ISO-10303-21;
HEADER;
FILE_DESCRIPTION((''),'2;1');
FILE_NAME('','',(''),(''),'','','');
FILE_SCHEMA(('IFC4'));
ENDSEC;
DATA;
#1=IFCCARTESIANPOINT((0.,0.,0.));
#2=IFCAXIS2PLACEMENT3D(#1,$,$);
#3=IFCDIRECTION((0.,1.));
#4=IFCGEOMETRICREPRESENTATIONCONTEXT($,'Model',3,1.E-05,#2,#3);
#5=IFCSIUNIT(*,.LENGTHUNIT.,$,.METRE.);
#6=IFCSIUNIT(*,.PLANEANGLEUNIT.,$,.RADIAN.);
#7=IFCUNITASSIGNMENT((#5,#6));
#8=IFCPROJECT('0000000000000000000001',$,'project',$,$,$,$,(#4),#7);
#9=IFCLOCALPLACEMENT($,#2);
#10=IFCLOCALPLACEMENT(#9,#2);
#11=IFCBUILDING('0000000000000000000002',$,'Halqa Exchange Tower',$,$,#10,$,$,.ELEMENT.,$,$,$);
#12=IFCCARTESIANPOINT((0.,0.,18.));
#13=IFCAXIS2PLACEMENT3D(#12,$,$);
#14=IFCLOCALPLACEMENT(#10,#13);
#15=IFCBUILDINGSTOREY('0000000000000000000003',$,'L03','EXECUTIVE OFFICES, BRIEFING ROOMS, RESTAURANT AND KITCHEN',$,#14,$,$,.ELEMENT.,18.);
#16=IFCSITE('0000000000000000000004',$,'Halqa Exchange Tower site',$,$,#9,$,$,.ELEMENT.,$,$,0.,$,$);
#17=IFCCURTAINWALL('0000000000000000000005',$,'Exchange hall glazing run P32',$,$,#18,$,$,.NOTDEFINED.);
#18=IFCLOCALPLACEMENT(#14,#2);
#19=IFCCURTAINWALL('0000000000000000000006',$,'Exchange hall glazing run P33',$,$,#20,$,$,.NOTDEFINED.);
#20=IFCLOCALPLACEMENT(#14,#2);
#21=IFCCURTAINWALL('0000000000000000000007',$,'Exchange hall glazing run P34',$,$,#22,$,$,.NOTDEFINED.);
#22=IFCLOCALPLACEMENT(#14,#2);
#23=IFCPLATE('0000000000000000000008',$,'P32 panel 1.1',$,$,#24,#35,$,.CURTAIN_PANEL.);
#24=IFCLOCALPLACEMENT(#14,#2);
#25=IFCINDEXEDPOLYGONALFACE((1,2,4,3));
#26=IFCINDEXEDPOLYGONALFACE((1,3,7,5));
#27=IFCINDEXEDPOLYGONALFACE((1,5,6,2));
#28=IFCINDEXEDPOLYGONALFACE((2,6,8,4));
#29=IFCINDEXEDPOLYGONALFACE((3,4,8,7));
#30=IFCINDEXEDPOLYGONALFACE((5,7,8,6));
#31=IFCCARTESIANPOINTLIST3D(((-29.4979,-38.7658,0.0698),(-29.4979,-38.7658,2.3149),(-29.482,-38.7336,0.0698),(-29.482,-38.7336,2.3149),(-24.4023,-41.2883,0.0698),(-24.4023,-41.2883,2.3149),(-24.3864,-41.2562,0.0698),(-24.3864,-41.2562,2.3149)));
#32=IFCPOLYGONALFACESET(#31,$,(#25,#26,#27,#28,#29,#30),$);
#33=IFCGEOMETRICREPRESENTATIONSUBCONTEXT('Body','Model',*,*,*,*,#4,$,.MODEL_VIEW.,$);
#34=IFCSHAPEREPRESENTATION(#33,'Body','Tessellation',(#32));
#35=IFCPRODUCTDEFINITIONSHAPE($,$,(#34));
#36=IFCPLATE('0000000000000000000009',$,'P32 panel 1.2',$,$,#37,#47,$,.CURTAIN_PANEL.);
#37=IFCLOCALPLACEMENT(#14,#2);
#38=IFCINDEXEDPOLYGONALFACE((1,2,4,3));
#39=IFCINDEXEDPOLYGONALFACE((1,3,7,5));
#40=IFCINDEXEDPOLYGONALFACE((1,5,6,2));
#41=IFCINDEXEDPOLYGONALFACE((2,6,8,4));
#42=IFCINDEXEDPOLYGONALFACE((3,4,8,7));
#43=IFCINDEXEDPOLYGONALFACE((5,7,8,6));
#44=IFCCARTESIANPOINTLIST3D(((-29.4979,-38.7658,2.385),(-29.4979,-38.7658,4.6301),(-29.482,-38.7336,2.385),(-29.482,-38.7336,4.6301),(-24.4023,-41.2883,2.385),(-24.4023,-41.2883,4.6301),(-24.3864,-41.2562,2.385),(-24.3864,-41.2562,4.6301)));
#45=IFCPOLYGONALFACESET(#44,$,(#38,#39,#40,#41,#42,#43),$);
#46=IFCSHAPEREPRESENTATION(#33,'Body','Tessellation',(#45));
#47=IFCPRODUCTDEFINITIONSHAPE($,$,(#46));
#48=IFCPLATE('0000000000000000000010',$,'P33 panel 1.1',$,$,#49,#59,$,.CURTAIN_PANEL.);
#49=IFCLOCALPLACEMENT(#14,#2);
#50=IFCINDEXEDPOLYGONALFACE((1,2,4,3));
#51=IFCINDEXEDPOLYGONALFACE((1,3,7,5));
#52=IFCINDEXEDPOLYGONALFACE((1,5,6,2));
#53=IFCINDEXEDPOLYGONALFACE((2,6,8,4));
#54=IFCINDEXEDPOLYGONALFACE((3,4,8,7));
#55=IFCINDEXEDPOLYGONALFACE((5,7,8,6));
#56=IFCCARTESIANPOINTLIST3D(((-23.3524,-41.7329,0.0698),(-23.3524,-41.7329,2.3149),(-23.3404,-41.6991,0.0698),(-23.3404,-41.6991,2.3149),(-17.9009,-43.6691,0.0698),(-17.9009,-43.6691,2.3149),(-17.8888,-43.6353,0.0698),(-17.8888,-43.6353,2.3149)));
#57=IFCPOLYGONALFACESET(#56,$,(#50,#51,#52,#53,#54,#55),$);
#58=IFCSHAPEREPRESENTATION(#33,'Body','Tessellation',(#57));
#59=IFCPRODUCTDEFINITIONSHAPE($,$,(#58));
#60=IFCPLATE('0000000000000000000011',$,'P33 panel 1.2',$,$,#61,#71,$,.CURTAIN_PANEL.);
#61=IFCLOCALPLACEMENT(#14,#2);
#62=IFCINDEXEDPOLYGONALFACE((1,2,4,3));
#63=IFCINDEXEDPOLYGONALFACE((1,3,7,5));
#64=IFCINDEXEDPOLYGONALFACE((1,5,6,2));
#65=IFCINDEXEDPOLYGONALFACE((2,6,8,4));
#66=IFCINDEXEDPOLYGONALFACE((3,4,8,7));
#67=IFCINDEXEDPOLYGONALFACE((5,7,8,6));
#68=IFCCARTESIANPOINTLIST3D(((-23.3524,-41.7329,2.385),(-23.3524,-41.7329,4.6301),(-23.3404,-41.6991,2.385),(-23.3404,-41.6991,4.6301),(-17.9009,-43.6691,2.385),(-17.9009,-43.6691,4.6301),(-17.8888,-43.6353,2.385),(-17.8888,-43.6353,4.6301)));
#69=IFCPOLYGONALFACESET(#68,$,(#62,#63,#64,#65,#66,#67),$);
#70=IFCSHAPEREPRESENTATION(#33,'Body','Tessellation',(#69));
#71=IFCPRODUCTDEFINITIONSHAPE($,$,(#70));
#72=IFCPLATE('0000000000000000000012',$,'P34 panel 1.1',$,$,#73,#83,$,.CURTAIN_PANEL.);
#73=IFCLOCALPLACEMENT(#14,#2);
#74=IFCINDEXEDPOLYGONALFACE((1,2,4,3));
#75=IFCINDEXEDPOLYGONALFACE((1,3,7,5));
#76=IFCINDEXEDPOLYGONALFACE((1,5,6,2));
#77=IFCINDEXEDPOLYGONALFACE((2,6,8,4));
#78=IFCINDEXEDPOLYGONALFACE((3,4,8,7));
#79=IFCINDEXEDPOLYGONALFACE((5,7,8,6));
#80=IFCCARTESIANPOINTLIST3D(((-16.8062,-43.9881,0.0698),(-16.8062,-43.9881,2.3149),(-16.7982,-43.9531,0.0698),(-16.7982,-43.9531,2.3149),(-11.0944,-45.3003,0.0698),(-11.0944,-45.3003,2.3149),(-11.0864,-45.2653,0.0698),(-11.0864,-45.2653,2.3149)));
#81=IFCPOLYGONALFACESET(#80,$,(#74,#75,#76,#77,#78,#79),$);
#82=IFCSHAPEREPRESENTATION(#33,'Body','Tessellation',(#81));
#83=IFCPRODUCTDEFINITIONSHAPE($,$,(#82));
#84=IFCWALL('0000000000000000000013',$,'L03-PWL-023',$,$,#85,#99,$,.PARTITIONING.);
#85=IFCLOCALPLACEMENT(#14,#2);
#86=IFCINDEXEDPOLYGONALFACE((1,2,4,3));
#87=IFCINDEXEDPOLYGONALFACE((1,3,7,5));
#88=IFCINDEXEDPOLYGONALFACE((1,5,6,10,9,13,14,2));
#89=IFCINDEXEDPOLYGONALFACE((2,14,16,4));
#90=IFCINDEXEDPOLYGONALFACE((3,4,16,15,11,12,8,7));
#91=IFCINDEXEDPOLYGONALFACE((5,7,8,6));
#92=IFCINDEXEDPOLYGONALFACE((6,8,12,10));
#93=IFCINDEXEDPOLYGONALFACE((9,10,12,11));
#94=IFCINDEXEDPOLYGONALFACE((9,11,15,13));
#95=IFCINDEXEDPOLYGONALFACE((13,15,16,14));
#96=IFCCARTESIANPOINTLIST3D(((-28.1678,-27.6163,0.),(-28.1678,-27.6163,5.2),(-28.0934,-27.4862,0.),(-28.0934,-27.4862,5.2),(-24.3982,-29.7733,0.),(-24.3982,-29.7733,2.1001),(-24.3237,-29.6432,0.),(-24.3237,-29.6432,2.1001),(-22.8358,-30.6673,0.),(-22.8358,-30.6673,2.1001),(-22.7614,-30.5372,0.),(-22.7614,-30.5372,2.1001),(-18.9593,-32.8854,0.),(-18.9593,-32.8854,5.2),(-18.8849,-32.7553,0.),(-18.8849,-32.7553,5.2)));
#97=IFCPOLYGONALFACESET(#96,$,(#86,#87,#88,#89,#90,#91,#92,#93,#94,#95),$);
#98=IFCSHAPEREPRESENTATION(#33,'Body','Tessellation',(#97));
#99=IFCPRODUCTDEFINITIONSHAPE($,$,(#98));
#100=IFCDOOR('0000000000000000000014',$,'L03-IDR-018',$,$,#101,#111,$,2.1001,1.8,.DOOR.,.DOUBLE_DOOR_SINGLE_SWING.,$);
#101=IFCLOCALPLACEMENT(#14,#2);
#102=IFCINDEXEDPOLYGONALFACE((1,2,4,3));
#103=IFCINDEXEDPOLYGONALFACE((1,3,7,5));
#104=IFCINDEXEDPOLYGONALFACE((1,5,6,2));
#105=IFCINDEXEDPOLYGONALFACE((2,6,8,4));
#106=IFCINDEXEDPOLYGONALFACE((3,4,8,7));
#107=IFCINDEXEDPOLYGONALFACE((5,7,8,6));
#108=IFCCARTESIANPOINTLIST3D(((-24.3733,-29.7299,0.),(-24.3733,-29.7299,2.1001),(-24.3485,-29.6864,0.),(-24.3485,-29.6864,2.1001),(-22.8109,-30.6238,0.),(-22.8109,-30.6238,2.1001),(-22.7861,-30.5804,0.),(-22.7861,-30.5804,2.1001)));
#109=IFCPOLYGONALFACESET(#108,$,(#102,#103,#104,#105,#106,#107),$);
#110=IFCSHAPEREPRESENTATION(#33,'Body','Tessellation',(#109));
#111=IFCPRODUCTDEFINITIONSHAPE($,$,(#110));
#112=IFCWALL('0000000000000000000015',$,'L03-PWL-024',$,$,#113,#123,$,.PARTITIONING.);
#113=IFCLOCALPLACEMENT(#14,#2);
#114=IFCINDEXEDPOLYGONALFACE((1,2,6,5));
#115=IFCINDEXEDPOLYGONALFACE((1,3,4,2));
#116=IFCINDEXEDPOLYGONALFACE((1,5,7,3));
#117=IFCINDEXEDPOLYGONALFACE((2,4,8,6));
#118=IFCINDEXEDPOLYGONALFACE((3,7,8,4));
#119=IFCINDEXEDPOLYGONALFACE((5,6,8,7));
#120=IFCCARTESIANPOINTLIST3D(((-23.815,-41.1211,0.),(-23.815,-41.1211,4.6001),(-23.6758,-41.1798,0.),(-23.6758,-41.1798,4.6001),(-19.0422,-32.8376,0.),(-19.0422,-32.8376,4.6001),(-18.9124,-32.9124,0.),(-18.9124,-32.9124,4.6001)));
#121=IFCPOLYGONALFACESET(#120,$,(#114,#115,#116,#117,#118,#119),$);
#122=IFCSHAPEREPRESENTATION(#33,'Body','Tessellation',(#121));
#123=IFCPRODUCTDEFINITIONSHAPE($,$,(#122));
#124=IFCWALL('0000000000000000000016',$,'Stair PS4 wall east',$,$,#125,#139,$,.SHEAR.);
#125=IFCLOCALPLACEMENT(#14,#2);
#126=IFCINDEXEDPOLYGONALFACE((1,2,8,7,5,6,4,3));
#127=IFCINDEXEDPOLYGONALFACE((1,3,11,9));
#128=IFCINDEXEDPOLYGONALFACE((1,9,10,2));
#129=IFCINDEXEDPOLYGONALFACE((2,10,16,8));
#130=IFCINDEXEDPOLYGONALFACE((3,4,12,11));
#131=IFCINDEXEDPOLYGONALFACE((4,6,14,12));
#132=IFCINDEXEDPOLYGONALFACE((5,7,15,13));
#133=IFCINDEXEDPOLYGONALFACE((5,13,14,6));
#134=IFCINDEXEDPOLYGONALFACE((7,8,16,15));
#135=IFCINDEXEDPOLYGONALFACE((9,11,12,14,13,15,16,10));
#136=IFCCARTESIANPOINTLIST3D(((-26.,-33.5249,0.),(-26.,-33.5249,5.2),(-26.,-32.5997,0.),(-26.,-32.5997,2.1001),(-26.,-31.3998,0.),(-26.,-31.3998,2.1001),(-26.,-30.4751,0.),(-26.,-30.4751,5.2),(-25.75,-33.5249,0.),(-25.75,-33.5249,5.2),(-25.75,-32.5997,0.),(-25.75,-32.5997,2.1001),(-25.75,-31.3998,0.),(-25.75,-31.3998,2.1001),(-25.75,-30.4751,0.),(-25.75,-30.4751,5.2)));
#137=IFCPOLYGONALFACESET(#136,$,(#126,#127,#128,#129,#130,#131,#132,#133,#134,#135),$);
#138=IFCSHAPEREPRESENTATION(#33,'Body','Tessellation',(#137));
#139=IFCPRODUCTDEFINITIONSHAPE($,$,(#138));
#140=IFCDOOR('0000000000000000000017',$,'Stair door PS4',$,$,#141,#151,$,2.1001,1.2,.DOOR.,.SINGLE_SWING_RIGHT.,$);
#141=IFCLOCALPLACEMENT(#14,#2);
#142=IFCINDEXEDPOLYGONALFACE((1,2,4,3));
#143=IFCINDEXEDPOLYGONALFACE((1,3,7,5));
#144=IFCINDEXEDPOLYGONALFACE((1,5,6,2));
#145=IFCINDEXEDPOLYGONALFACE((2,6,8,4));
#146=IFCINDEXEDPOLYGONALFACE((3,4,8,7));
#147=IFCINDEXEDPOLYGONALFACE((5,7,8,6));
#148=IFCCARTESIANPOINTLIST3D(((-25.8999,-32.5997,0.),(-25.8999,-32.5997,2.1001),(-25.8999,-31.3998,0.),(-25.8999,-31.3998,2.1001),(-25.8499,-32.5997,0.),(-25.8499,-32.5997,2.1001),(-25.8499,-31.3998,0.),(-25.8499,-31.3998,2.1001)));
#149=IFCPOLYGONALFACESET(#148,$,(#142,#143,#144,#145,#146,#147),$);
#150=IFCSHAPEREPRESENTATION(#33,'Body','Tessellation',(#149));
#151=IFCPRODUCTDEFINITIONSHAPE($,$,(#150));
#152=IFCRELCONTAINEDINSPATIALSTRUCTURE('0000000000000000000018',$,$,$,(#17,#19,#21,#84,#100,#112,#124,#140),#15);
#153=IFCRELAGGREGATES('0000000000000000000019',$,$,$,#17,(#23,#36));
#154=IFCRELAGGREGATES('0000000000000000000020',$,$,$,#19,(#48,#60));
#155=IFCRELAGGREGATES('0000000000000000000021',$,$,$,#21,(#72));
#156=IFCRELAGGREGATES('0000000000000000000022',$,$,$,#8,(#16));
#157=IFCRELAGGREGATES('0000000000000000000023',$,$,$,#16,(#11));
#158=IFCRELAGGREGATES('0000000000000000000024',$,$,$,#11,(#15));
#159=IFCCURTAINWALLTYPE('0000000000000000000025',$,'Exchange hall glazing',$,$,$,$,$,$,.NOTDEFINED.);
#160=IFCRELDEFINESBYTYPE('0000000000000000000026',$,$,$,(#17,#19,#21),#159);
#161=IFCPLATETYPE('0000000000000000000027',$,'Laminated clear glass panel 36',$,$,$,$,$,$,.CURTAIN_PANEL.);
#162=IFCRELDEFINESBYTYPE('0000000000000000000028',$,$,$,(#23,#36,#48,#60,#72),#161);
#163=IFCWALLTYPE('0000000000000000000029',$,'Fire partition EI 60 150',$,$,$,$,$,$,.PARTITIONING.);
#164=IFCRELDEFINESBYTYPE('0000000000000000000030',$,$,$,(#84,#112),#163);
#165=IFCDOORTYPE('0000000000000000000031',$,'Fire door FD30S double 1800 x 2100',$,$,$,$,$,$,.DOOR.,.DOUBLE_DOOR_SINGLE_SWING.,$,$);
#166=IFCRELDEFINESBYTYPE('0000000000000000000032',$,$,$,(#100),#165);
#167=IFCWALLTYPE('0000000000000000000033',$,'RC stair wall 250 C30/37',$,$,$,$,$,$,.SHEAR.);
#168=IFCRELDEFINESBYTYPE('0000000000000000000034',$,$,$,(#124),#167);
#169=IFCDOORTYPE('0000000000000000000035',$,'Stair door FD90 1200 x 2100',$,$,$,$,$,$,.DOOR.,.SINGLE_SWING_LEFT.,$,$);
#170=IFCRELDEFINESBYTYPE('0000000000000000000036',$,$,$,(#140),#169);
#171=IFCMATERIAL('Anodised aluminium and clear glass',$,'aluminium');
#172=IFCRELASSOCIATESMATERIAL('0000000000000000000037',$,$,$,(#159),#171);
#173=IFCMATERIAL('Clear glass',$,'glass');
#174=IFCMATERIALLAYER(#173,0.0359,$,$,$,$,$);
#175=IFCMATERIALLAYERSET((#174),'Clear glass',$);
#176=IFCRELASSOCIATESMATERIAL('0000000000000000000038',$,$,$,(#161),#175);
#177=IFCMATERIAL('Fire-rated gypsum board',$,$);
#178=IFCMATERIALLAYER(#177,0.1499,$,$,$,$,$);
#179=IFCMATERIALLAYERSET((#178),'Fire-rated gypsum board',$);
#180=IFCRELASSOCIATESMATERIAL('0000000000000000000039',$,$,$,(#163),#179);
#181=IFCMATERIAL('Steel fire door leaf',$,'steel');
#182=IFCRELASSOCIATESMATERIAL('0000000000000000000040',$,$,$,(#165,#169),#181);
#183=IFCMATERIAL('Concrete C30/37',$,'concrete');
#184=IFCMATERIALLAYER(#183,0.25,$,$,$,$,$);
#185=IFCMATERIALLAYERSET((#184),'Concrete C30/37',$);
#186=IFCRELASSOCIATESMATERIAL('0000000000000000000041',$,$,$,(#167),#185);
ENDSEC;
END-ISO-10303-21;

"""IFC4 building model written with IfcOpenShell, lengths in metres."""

from ifc_helpers import new_model, si_unit, direction, frame, frame_2d, origin, origin_2d, place, context, subcontext, project, spatial, polyline, rectangle, outline, extrude, material, layer, layer_set, type_object, element, fill, aggregate, save


model = new_model("IFC4")

# Units and contexts
model_context = context("Model", 3, precision=1e-05, world=origin(), true_north=direction((0.0, 1.0)))
body_context = subcontext(model_context, "Body", "Model", "MODEL_VIEW")
ifc_project = project(units=[si_unit("LENGTHUNIT", "METRE"), si_unit("PLANEANGLEUNIT", "RADIAN")], contexts=[model_context])

# Site, building, storey
site_placement = place(None, origin())
site = spatial("IfcSite", under=ifc_project, at=site_placement, Name="Halqa Exchange Tower site", CompositionType="ELEMENT", RefElevation=0.0)
building_placement = place(site_placement, origin())
building = spatial("IfcBuilding", under=site, at=building_placement, Name="Halqa Exchange Tower", CompositionType="ELEMENT")
storey_placement = place(building_placement, frame((0.0, 0.0, 18.0)))
storey = spatial("IfcBuildingStorey", under=building, at=storey_placement, Name="L03", Description="EXECUTIVE OFFICES, BRIEFING ROOMS, RESTAURANT AND KITCHEN", CompositionType="ELEMENT", Elevation=18.0)

# Curtain wall
ifc_material_1 = material(Name="Anodised aluminium and clear glass", Category="aluminium")
curtain_wall_type = type_object("IfcCurtainWallType", Name="Exchange hall glazing", PredefinedType="NOTDEFINED", material=ifc_material_1)
curtain_wall_1_placement = place(storey_placement, origin())
curtain_wall_1 = element("IfcCurtainWall", 1, at=curtain_wall_1_placement, inside=storey, type_object=curtain_wall_type, Name="Exchange hall glazing run P32", PredefinedType="NOTDEFINED")

# Curtain wall
curtain_wall_2_placement = place(storey_placement, origin())
curtain_wall_2 = element("IfcCurtainWall", 2, at=curtain_wall_2_placement, inside=storey, type_object=curtain_wall_type, Name="Exchange hall glazing run P33", PredefinedType="NOTDEFINED")

# Curtain wall
curtain_wall_3_placement = place(storey_placement, origin())
curtain_wall_3 = element("IfcCurtainWall", 3, at=curtain_wall_3_placement, inside=storey, type_object=curtain_wall_type, Name="Exchange hall glazing run P34", PredefinedType="NOTDEFINED")

# Plates
ifc_material_2 = material(Name="Clear glass", Category="glass")
ifc_layer_1 = layer(ifc_material_2, 0.0359)
ifc_layer_set_1 = layer_set([ifc_layer_1], Name="Clear glass")
plate_type = type_object("IfcPlateType", Name="Laminated clear glass panel 36", PredefinedType="CURTAIN_PANEL", material=ifc_layer_set_1)
plate_1_placement = place(storey_placement, frame((-26.9421, -40.011, 0.0698), z_axis=(0.0, 0.0, 1.0), x_axis=(0.896198, -0.443653, 0.0)))
plate_1 = element("IfcPlate", 4, at=plate_1_placement, type_object=plate_type, Name="P32 panel 1.1", PredefinedType="CURTAIN_PANEL", context=body_context, shape_type="SweptSolid", body=[
    extrude(rectangle(XDim=5.6858, YDim=0.0359, at=origin_2d()), origin(), (0.0, 0.0, 1.0), 2.2451),
])
plate_2_placement = place(storey_placement, frame((-26.9421, -40.011, 2.385), z_axis=(0.0, 0.0, 1.0), x_axis=(0.896198, -0.443653, 0.0)))
plate_2 = element("IfcPlate", 5, at=plate_2_placement, type_object=plate_type, Name="P32 panel 1.2", PredefinedType="CURTAIN_PANEL", context=body_context, shape_type="SweptSolid", body=[
    extrude(rectangle(XDim=5.6858, YDim=0.0359, at=origin_2d()), origin(), (0.0, 0.0, 1.0), 2.2451),
])
aggregate(curtain_wall_1, [plate_1, plate_2])
plate_3_placement = place(storey_placement, frame((-20.6206, -42.6841, 0.0698), z_axis=(0.0, 0.0, 1.0), x_axis=(0.942329, -0.334688, 0.0)))
plate_3 = element("IfcPlate", 6, at=plate_3_placement, type_object=plate_type, Name="P33 panel 1.1", PredefinedType="CURTAIN_PANEL", context=body_context, shape_type="SweptSolid", body=[
    extrude(rectangle(XDim=5.7852, YDim=0.0359, at=origin_2d()), origin(), (0.0, 0.0, 1.0), 2.2451),
])
plate_4_placement = place(storey_placement, frame((-20.6206, -42.6841, 2.385), z_axis=(0.0, 0.0, 1.0), x_axis=(0.942329, -0.334688, 0.0)))
plate_4 = element("IfcPlate", 7, at=plate_4_placement, type_object=plate_type, Name="P33 panel 1.2", PredefinedType="CURTAIN_PANEL", context=body_context, shape_type="SweptSolid", body=[
    extrude(rectangle(XDim=5.7852, YDim=0.0359, at=origin_2d()), origin(), (0.0, 0.0, 1.0), 2.2451),
])
aggregate(curtain_wall_2, [plate_3, plate_4])
plate_5_placement = place(storey_placement, frame((-13.9463, -44.6267, 0.0698), z_axis=(0.0, 0.0, 1.0), x_axis=(0.974613, -0.223897, 0.0)))
plate_5 = element("IfcPlate", 8, at=plate_5_placement, type_object=plate_type, Name="P34 panel 1.1", PredefinedType="CURTAIN_PANEL", context=body_context, shape_type="SweptSolid", body=[
    extrude(rectangle(XDim=5.8606, YDim=0.0359, at=origin_2d()), origin(), (0.0, 0.0, 1.0), 2.2451),
])
aggregate(curtain_wall_3, [plate_5])

# Wall, opening, door
ifc_material_3 = material(Name="Fire-rated gypsum board")
ifc_layer_2 = layer(ifc_material_3, 0.1499)
ifc_layer_set_2 = layer_set([ifc_layer_2], Name="Fire-rated gypsum board")
wall_type_1 = type_object("IfcWallType", Name="Fire partition EI 60 150", PredefinedType="PARTITIONING", material=ifc_layer_set_2)
wall_1_placement = place(storey_placement, frame((-18.9221, -32.8203, 0.0), z_axis=(0.0, 0.0, 1.0), x_axis=(-0.867957, 0.496639, 0.0)))
wall_1 = element("IfcWall", 9, at=wall_1_placement, inside=storey, type_object=wall_type_1, Name="L03-PWL-023", PredefinedType="PARTITIONING", context=body_context, shape_type="SweptSolid", body=[
    extrude(rectangle(XDim=10.6094, YDim=0.1499, at=frame_2d((5.3047, 0.0))), origin(), (0.0, 0.0, 1.0), 5.2),
])
opening_1_placement = place(wall_1_placement, frame((4.4663, 0.0, 0.0)))
opening_1 = element("IfcOpeningElement", 10, at=opening_1_placement, cuts=wall_1, PredefinedType="OPENING", context=body_context, shape_type="SweptSolid", body=[
    extrude(rectangle(XDim=1.8, YDim=2.1001, at=frame_2d((0.8999, 1.05))), frame((0.0, 0.0869, 0.0), z_axis=(0.0, -1.0, 0.0), x_axis=(1.0, 0.0, 0.0)), (0.0, 0.0, 1.0), 0.1738),
])
ifc_material_4 = material(Name="Steel fire door leaf", Category="steel")
door_type_1 = type_object("IfcDoorType", Name="Fire door FD30S double 1800 x 2100", OperationType="DOUBLE_DOOR_SINGLE_SWING", PredefinedType="DOOR", material=ifc_material_4)
door_1_placement = place(opening_1_placement, origin())
door_1 = element("IfcDoor", 11, at=door_1_placement, inside=storey, type_object=door_type_1, Name="L03-IDR-018", OperationType="DOUBLE_DOOR_SINGLE_SWING", OverallHeight=2.1001, OverallWidth=1.8, PredefinedType="DOOR", context=body_context, shape_type="SweptSolid", body=[
    extrude(rectangle(XDim=1.8, YDim=2.1001, at=frame_2d((0.8999, 1.05))), frame((0.0, 0.0249, 0.0), z_axis=(0.0, -1.0, 0.0), x_axis=(1.0, 0.0, 0.0)), (0.0, 0.0, 1.0), 0.05),
])
fill(opening_1, door_1)

# Wall
wall_2_placement = place(storey_placement, frame((-18.9773, -32.875, 0.0), z_axis=(0.0, 0.0, 1.0), x_axis=(-0.499236, -0.866466, 0.0)))
element("IfcWall", 12, at=wall_2_placement, inside=storey, type_object=wall_type_1, Name="L03-PWL-024", PredefinedType="PARTITIONING", context=body_context, shape_type="SweptSolid", body=[
    extrude(outline(polyline([(0.0, -0.075), (9.5601, -0.075), (9.5415, 0.075), (0.0, 0.075), (0.0, -0.075)])), origin(), (0.0, 0.0, 1.0), 4.6001),
])

# Wall, opening, door
ifc_material_5 = material(Name="Concrete C30/37", Category="concrete")
ifc_layer_3 = layer(ifc_material_5, 0.25)
ifc_layer_set_3 = layer_set([ifc_layer_3], Name="Concrete C30/37")
wall_type_2 = type_object("IfcWallType", Name="RC stair wall 250 C30/37", PredefinedType="SHEAR", material=ifc_layer_set_3)
wall_3_placement = place(storey_placement, frame((-25.875, -33.5249, 0.0), z_axis=(0.0, 0.0, 1.0), x_axis=(0.0, 1.0, 0.0)))
wall_3 = element("IfcWall", 13, at=wall_3_placement, inside=storey, type_object=wall_type_2, Name="Stair PS4 wall east", PredefinedType="SHEAR", context=body_context, shape_type="SweptSolid", body=[
    extrude(rectangle(XDim=3.0498, YDim=0.25, at=frame_2d((1.5249, 0.0))), origin(), (0.0, 0.0, 1.0), 5.2),
])
opening_2_placement = place(wall_3_placement, frame((0.925, 0.0, 0.0)))
opening_2 = element("IfcOpeningElement", 14, at=opening_2_placement, cuts=wall_3, PredefinedType="OPENING", context=body_context, shape_type="SweptSolid", body=[
    extrude(rectangle(XDim=1.2, YDim=2.1001, at=frame_2d((0.6001, 1.05))), frame((0.0, 0.137, 0.0), z_axis=(0.0, -1.0, 0.0), x_axis=(1.0, 0.0, 0.0)), (0.0, 0.0, 1.0), 0.2739),
])
door_type_2 = type_object("IfcDoorType", Name="Stair door FD90 1200 x 2100", OperationType="SINGLE_SWING_LEFT", PredefinedType="DOOR", material=ifc_material_4)
door_2_placement = place(opening_2_placement, origin())
door_2 = element("IfcDoor", 15, at=door_2_placement, inside=storey, type_object=door_type_2, Name="Stair door PS4", OperationType="SINGLE_SWING_RIGHT", OverallHeight=2.1001, OverallWidth=1.2, PredefinedType="DOOR", context=body_context, shape_type="SweptSolid", body=[
    extrude(rectangle(XDim=1.2, YDim=2.1001, at=frame_2d((0.6001, 1.05))), frame((0.0, 0.0249, 0.0), z_axis=(0.0, -1.0, 0.0), x_axis=(1.0, 0.0, 0.0)), (0.0, 0.0, 1.0), 0.05),
])
fill(opening_2, door_2)

save(model, "model.ifc")
